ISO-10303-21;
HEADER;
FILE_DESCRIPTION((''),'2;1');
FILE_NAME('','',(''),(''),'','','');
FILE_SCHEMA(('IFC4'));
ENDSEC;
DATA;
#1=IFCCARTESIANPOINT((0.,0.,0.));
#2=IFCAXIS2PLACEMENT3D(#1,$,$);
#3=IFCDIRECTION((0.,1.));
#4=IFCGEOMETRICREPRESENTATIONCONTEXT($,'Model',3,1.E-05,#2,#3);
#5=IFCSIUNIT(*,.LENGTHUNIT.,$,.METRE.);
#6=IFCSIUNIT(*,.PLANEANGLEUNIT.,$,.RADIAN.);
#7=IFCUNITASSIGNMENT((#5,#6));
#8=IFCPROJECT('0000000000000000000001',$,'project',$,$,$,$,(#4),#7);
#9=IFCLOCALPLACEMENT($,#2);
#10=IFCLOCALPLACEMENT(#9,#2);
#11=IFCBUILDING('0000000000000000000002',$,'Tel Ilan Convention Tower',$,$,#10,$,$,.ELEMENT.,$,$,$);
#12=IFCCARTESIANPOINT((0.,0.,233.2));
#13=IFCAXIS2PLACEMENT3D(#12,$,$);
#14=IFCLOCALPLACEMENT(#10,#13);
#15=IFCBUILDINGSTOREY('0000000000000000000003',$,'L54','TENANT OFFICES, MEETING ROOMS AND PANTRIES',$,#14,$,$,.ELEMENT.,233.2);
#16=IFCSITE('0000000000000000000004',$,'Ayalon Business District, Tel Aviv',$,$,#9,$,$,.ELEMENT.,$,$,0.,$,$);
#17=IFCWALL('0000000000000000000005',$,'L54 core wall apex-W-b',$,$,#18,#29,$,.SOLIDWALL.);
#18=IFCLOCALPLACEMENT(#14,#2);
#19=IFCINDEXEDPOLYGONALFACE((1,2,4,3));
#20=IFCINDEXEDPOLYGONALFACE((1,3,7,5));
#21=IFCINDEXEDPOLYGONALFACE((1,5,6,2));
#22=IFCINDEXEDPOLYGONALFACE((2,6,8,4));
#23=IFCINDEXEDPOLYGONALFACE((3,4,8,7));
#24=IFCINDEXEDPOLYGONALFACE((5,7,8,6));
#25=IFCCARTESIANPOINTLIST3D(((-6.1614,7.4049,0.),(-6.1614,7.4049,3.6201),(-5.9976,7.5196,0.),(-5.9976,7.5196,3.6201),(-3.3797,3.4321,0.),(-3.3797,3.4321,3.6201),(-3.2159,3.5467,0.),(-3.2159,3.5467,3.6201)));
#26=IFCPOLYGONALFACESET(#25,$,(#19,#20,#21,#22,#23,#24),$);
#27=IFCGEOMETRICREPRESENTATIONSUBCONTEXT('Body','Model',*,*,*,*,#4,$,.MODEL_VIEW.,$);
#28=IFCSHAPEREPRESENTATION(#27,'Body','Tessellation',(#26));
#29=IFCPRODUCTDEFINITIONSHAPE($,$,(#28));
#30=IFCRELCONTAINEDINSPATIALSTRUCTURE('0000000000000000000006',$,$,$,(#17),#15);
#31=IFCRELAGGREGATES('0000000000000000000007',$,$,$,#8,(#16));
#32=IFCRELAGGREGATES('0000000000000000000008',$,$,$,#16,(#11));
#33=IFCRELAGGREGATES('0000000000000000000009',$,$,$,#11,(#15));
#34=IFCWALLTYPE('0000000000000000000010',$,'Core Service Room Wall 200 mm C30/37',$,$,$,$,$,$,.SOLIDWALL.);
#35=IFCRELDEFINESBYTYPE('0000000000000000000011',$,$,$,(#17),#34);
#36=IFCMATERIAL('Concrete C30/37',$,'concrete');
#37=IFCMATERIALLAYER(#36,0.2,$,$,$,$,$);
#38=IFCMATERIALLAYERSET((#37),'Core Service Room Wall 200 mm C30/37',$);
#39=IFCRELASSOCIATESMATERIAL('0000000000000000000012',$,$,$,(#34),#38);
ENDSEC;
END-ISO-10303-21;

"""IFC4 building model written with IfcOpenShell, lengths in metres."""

from ifc_helpers import new_model, si_unit, direction, frame, frame_2d, origin, place, context, subcontext, project, spatial, rectangle, extrude, material, layer, layer_set, type_object, element, save


model = new_model("IFC4")

# Units and contexts
model_context = context("Model", 3, precision=1e-05, world=origin(), true_north=direction((0.0, 1.0)))
body_context = subcontext(model_context, "Body", "Model", "MODEL_VIEW")
ifc_project = project(units=[si_unit("LENGTHUNIT", "METRE"), si_unit("PLANEANGLEUNIT", "RADIAN")], contexts=[model_context])

# Site, building, storey
site_placement = place(None, origin())
site = spatial("IfcSite", under=ifc_project, at=site_placement, Name="Ayalon Business District, Tel Aviv", CompositionType="ELEMENT", RefElevation=0.0)
building_placement = place(site_placement, origin())
building = spatial("IfcBuilding", under=site, at=building_placement, Name="Tel Ilan Convention Tower", CompositionType="ELEMENT")
storey_placement = place(building_placement, frame((0.0, 0.0, 233.2)))
storey = spatial("IfcBuildingStorey", under=building, at=storey_placement, Name="L54", Description="TENANT OFFICES, MEETING ROOMS AND PANTRIES", CompositionType="ELEMENT", Elevation=233.2)

# Wall
ifc_material_1 = material(Name="Concrete C30/37", Category="concrete")
ifc_layer_1 = layer(ifc_material_1, 0.2)
ifc_layer_set_1 = layer_set([ifc_layer_1], Name="Core Service Room Wall 200 mm C30/37")
wall_type_1 = type_object("IfcWallType", Name="Core Service Room Wall 200 mm C30/37", PredefinedType="SOLIDWALL", material=ifc_layer_set_1)
wall_1_placement = place(storey_placement, frame((-3.2979, 3.4895, 0.0), z_axis=(0.0, 0.0, 1.0), x_axis=(-0.57356, 0.819163, 0.0)))
element("IfcWall", 1, at=wall_1_placement, inside=storey, type_object=wall_type_1, Name="L54 core wall apex-W-b", PredefinedType="SOLIDWALL", context=body_context, shape_type="SweptSolid", body=[
    extrude(rectangle(XDim=4.8499, YDim=0.2, at=frame_2d((2.4248, 0.0))), origin(), (0.0, 0.0, 1.0), 3.6201),
])

save(model, "model.ifc")
